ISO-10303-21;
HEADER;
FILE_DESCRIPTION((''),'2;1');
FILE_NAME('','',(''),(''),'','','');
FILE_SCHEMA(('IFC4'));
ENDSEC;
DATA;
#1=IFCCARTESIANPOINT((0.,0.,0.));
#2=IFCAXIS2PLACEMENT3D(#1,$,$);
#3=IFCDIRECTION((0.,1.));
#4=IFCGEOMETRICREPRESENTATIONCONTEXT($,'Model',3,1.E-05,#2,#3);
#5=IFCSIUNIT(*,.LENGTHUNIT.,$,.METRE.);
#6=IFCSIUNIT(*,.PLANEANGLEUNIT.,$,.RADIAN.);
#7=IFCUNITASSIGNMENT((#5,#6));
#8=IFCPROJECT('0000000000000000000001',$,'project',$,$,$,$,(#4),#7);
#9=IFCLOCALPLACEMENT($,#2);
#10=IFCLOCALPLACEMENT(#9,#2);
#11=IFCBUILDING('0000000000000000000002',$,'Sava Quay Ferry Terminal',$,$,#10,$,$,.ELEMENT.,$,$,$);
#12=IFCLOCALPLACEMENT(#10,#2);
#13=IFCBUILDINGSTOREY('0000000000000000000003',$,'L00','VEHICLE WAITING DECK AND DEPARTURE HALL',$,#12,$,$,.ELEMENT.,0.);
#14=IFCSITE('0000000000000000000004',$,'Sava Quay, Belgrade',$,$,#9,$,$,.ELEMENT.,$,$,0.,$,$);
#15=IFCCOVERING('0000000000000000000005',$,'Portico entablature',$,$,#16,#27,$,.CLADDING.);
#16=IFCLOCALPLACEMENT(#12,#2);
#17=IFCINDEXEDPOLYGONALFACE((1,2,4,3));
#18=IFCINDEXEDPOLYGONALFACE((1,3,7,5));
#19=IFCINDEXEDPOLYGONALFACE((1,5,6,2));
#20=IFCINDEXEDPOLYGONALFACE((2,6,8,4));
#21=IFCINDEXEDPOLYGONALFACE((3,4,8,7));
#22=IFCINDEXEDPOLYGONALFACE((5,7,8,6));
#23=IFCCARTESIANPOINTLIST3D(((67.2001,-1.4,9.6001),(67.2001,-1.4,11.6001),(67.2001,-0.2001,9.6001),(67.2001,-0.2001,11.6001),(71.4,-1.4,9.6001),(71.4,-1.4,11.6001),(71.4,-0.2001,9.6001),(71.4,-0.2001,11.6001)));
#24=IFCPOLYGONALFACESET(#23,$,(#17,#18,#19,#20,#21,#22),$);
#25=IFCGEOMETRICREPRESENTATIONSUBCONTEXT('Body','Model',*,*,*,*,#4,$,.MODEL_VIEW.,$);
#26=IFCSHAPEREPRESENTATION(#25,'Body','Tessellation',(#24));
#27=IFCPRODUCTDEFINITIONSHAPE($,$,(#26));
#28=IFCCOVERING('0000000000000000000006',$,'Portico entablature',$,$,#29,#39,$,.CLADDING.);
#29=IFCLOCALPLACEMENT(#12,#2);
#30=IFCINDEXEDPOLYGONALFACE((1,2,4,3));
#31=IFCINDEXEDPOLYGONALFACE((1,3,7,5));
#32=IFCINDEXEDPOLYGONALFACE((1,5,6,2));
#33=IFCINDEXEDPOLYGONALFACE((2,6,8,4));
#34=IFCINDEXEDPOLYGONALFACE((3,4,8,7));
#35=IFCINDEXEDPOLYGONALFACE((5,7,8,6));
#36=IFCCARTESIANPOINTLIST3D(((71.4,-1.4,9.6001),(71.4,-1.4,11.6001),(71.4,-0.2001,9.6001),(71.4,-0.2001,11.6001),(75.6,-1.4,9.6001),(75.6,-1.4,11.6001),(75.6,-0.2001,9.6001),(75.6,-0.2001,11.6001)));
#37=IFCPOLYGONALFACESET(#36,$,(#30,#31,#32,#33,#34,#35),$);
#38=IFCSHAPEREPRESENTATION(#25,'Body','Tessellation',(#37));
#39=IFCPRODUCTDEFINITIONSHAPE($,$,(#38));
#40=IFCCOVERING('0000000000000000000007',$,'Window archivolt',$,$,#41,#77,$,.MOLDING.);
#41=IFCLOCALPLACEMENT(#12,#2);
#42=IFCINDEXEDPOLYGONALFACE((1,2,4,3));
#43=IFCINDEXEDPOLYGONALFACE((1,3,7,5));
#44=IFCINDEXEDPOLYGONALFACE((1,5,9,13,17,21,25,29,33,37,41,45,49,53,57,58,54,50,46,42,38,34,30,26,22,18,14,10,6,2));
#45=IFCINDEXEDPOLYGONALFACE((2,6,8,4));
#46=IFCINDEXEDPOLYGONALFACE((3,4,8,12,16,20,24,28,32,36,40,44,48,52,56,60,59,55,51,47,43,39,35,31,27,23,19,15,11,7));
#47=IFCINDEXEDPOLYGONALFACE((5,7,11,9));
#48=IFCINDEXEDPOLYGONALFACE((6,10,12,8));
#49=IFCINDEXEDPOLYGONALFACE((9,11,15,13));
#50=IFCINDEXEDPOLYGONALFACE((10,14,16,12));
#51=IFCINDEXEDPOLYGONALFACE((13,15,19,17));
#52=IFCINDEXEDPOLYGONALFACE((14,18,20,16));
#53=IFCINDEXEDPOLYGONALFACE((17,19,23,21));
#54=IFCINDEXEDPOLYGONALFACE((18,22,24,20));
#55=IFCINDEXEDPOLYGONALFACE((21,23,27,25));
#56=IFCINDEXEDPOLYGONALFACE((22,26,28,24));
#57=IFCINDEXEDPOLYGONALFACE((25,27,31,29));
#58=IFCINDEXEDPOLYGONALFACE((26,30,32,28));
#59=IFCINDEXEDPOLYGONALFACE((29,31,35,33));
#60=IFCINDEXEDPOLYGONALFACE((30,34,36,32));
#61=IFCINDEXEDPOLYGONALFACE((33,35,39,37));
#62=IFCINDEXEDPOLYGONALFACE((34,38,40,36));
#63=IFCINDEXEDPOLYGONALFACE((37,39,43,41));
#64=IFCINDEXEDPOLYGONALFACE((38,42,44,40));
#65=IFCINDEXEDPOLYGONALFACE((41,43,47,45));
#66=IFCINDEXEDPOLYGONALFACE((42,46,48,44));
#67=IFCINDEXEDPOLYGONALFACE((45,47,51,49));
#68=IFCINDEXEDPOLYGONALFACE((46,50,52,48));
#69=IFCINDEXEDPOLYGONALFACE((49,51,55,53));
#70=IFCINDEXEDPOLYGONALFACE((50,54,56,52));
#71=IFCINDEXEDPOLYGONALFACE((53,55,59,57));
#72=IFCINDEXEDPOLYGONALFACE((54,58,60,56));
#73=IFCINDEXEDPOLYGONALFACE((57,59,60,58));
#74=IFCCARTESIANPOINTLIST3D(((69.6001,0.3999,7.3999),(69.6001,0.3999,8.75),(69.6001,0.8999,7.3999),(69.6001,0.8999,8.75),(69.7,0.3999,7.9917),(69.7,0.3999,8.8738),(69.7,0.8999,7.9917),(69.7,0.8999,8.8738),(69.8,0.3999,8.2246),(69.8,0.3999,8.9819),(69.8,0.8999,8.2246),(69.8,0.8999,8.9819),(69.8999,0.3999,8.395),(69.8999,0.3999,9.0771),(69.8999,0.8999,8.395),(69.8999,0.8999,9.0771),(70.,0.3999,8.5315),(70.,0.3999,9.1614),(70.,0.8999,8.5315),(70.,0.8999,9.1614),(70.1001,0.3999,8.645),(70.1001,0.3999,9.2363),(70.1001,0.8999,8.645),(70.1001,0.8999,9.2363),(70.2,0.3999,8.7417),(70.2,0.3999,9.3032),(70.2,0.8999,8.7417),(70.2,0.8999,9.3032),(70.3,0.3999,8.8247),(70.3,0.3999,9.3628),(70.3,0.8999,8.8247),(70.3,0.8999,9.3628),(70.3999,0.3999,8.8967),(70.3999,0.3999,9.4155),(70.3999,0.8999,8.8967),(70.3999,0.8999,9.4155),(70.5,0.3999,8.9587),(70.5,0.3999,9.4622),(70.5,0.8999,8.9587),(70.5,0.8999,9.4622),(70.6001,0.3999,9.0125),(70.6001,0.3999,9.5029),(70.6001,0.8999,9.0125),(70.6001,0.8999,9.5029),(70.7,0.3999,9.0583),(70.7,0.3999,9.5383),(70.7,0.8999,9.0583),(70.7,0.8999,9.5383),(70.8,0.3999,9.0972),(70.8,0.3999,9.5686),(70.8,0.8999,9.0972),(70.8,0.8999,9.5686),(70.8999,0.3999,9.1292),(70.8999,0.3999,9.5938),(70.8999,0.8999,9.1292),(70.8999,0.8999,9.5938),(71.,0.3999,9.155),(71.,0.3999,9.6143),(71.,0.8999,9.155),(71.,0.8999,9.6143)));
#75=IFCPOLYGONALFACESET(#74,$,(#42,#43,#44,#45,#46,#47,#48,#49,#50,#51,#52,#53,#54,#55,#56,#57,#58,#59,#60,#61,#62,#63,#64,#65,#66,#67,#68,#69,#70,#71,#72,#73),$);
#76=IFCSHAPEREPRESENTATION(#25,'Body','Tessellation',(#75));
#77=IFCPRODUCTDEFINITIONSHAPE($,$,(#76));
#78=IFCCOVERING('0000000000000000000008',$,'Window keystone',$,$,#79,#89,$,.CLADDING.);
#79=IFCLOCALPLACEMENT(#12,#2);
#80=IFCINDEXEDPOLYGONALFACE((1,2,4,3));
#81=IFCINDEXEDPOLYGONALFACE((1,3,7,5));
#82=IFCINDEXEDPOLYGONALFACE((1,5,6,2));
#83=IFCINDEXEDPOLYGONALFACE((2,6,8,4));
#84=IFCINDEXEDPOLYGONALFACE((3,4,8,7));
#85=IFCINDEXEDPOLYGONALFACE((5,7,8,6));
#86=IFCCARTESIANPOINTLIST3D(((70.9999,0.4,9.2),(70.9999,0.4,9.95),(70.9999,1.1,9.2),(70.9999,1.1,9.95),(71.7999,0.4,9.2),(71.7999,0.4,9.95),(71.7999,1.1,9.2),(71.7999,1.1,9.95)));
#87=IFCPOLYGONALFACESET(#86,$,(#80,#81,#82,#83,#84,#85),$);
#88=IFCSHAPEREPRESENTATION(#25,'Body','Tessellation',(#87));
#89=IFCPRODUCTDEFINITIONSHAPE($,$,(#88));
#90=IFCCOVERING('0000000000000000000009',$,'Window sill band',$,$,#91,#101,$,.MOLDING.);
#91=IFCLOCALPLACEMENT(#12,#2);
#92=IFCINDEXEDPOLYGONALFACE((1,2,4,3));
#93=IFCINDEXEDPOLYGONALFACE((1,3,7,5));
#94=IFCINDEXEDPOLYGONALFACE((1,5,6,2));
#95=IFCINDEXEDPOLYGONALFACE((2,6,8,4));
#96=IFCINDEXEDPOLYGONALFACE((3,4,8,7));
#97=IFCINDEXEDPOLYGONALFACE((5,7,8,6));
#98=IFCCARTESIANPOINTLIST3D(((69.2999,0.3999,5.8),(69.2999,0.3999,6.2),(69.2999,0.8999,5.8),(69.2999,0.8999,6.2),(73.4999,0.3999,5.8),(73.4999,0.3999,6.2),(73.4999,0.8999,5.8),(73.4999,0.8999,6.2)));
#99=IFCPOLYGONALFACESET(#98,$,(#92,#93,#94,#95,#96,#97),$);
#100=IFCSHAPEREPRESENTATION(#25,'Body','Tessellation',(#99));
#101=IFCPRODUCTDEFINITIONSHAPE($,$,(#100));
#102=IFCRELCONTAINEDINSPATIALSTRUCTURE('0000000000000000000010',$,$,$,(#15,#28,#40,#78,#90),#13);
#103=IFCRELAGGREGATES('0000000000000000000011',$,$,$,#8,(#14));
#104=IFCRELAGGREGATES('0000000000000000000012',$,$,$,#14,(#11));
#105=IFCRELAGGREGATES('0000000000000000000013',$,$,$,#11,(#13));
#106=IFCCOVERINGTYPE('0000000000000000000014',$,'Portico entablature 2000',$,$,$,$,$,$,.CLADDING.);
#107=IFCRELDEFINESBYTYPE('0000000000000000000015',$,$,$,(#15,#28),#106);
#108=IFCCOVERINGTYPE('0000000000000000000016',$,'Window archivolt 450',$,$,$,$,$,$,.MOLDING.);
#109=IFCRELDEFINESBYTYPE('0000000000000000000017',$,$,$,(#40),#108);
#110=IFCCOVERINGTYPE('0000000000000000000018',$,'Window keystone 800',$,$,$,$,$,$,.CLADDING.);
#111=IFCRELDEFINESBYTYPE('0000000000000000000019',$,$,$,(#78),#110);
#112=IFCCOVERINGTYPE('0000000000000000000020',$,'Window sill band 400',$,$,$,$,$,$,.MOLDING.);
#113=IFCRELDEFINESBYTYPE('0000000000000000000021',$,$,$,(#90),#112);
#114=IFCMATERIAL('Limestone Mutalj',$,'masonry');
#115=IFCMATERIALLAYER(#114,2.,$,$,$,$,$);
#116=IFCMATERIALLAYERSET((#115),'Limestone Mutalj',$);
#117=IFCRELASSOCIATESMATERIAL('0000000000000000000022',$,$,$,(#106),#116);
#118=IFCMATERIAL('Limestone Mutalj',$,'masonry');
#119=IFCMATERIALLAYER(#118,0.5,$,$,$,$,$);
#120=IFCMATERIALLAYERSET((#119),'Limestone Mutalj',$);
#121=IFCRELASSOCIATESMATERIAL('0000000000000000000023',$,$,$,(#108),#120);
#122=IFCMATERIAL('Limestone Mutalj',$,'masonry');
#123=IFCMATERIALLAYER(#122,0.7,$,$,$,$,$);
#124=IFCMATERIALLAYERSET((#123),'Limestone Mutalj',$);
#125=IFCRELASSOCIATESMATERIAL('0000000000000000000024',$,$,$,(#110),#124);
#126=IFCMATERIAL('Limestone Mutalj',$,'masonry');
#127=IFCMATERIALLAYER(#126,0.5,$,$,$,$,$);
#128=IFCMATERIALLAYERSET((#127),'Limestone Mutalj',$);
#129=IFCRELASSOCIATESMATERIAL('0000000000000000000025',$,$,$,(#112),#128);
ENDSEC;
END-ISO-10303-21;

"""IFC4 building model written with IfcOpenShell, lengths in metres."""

from ifc_helpers import new_model, si_unit, direction, frame, origin, origin_2d, place, context, subcontext, project, spatial, polyline, rectangle, outline, extrude, material, layer, layer_set, type_object, element, save


model = new_model("IFC4")

# Units and contexts
model_context = context("Model", 3, precision=1e-05, world=origin(), true_north=direction((0.0, 1.0)))
body_context = subcontext(model_context, "Body", "Model", "MODEL_VIEW")
ifc_project = project(units=[si_unit("LENGTHUNIT", "METRE"), si_unit("PLANEANGLEUNIT", "RADIAN")], contexts=[model_context])

# Site, building, storey
site_placement = place(None, origin())
site = spatial("IfcSite", under=ifc_project, at=site_placement, Name="Sava Quay, Belgrade", CompositionType="ELEMENT", RefElevation=0.0)
building_placement = place(site_placement, origin())
building = spatial("IfcBuilding", under=site, at=building_placement, Name="Sava Quay Ferry Terminal", CompositionType="ELEMENT")
storey_placement = place(building_placement, origin())
storey = spatial("IfcBuildingStorey", under=building, at=storey_placement, Name="L00", Description="VEHICLE WAITING DECK AND DEPARTURE HALL", CompositionType="ELEMENT", Elevation=0.0)

# Coverings
ifc_material_1 = material(Name="Limestone Mutalj", Category="masonry")
ifc_layer_1 = layer(ifc_material_1, 2.0)
ifc_layer_set_1 = layer_set([ifc_layer_1], Name="Limestone Mutalj")
covering_type_1 = type_object("IfcCoveringType", Name="Portico entablature 2000", PredefinedType="CLADDING", material=ifc_layer_set_1)
for number, where, z_axis, x_axis, name in (
    (1, (69.3, -0.8, 9.6001), (0.0, 0.0, 1.0), (1.0, 0.0, 0.0), "Portico entablature"),
    (2, (73.5, -0.8, 9.6001), (0.0, 0.0, 1.0), (1.0, 0.0, 0.0), "Portico entablature"),
):
    element("IfcCovering", number, at=place(storey_placement, frame(where, z_axis=z_axis, x_axis=x_axis)), inside=storey, type_object=covering_type_1, Name=name, PredefinedType="CLADDING", context=body_context, shape_type="SweptSolid", body=[
        extrude(rectangle(XDim=4.2, YDim=1.2, at=origin_2d()), origin(), (0.0, 0.0, 1.0), 2.0),
    ])
ifc_material_2 = material(Name="Limestone Mutalj", Category="masonry")
ifc_layer_2 = layer(ifc_material_2, 0.5)
ifc_layer_set_2 = layer_set([ifc_layer_2], Name="Limestone Mutalj")
covering_type_2 = type_object("IfcCoveringType", Name="Window archivolt 450", PredefinedType="MOLDING", material=ifc_layer_set_2)
covering_1_placement = place(storey_placement, frame((69.6001, 0.3999, 7.3999), z_axis=(0.0, -1.0, 0.0), x_axis=(0.166378, 0.0, 0.986062)))
element("IfcCovering", 3, at=covering_1_placement, inside=storey, type_object=covering_type_2, Name="Window archivolt", PredefinedType="MOLDING", context=body_context, shape_type="SweptSolid", body=[
    extrude(outline(polyline([(0.0, 0.0), (0.6002, 0.0), (0.8465, -0.06), (1.0311, -0.1301), (1.1824, -0.2061), (1.311, -0.2859), (1.4229, -0.3682), (1.5214, -0.4531), (1.609, -0.5396), (1.6868, -0.628), (1.7565, -0.7178), (1.8183, -0.8086), (1.8733, -0.9008), (1.9214, -0.994), (1.9636, -1.0884), (2.4164, -1.012), (2.3795, -0.9167), (2.3381, -0.8224), (2.2916, -0.7287), (2.2401, -0.6362), (2.1832, -0.5442), (2.1206, -0.4533), (2.052, -0.3636), (1.9766, -0.2748), (1.894, -0.1875), (1.8035, -0.1013), (1.7037, -0.0166), (1.5932, 0.0661), (1.4699, 0.1468), (1.3313, 0.2246), (0.0, 0.0)])), origin(), (0.0, 0.0, -1.0), 0.5),
])
ifc_material_3 = material(Name="Limestone Mutalj", Category="masonry")
ifc_layer_3 = layer(ifc_material_3, 0.7)
ifc_layer_set_3 = layer_set([ifc_layer_3], Name="Limestone Mutalj")
covering_type_3 = type_object("IfcCoveringType", Name="Window keystone 800", PredefinedType="CLADDING", material=ifc_layer_set_3)
covering_2_placement = place(storey_placement, frame((71.3999, 0.75, 9.2), z_axis=(0.0, 0.0, 1.0), x_axis=(1.0, 0.0, 0.0)))
element("IfcCovering", 4, at=covering_2_placement, inside=storey, type_object=covering_type_3, Name="Window keystone", PredefinedType="CLADDING", context=body_context, shape_type="SweptSolid", body=[
    extrude(rectangle(XDim=0.8, YDim=0.7, at=origin_2d()), origin(), (0.0, 0.0, 1.0), 0.75),
])
ifc_material_4 = material(Name="Limestone Mutalj", Category="masonry")
ifc_layer_4 = layer(ifc_material_4, 0.5)
ifc_layer_set_4 = layer_set([ifc_layer_4], Name="Limestone Mutalj")
covering_type_4 = type_object("IfcCoveringType", Name="Window sill band 400", PredefinedType="MOLDING", material=ifc_layer_set_4)
covering_3_placement = place(storey_placement, frame((71.3999, 0.6499, 5.8), z_axis=(0.0, 0.0, 1.0), x_axis=(1.0, 0.0, 0.0)))
element("IfcCovering", 5, at=covering_3_placement, inside=storey, type_object=covering_type_4, Name="Window sill band", PredefinedType="MOLDING", context=body_context, shape_type="SweptSolid", body=[
    extrude(rectangle(XDim=4.2, YDim=0.5, at=origin_2d()), origin(), (0.0, 0.0, 1.0), 0.3999),
])

save(model, "model.ifc")
